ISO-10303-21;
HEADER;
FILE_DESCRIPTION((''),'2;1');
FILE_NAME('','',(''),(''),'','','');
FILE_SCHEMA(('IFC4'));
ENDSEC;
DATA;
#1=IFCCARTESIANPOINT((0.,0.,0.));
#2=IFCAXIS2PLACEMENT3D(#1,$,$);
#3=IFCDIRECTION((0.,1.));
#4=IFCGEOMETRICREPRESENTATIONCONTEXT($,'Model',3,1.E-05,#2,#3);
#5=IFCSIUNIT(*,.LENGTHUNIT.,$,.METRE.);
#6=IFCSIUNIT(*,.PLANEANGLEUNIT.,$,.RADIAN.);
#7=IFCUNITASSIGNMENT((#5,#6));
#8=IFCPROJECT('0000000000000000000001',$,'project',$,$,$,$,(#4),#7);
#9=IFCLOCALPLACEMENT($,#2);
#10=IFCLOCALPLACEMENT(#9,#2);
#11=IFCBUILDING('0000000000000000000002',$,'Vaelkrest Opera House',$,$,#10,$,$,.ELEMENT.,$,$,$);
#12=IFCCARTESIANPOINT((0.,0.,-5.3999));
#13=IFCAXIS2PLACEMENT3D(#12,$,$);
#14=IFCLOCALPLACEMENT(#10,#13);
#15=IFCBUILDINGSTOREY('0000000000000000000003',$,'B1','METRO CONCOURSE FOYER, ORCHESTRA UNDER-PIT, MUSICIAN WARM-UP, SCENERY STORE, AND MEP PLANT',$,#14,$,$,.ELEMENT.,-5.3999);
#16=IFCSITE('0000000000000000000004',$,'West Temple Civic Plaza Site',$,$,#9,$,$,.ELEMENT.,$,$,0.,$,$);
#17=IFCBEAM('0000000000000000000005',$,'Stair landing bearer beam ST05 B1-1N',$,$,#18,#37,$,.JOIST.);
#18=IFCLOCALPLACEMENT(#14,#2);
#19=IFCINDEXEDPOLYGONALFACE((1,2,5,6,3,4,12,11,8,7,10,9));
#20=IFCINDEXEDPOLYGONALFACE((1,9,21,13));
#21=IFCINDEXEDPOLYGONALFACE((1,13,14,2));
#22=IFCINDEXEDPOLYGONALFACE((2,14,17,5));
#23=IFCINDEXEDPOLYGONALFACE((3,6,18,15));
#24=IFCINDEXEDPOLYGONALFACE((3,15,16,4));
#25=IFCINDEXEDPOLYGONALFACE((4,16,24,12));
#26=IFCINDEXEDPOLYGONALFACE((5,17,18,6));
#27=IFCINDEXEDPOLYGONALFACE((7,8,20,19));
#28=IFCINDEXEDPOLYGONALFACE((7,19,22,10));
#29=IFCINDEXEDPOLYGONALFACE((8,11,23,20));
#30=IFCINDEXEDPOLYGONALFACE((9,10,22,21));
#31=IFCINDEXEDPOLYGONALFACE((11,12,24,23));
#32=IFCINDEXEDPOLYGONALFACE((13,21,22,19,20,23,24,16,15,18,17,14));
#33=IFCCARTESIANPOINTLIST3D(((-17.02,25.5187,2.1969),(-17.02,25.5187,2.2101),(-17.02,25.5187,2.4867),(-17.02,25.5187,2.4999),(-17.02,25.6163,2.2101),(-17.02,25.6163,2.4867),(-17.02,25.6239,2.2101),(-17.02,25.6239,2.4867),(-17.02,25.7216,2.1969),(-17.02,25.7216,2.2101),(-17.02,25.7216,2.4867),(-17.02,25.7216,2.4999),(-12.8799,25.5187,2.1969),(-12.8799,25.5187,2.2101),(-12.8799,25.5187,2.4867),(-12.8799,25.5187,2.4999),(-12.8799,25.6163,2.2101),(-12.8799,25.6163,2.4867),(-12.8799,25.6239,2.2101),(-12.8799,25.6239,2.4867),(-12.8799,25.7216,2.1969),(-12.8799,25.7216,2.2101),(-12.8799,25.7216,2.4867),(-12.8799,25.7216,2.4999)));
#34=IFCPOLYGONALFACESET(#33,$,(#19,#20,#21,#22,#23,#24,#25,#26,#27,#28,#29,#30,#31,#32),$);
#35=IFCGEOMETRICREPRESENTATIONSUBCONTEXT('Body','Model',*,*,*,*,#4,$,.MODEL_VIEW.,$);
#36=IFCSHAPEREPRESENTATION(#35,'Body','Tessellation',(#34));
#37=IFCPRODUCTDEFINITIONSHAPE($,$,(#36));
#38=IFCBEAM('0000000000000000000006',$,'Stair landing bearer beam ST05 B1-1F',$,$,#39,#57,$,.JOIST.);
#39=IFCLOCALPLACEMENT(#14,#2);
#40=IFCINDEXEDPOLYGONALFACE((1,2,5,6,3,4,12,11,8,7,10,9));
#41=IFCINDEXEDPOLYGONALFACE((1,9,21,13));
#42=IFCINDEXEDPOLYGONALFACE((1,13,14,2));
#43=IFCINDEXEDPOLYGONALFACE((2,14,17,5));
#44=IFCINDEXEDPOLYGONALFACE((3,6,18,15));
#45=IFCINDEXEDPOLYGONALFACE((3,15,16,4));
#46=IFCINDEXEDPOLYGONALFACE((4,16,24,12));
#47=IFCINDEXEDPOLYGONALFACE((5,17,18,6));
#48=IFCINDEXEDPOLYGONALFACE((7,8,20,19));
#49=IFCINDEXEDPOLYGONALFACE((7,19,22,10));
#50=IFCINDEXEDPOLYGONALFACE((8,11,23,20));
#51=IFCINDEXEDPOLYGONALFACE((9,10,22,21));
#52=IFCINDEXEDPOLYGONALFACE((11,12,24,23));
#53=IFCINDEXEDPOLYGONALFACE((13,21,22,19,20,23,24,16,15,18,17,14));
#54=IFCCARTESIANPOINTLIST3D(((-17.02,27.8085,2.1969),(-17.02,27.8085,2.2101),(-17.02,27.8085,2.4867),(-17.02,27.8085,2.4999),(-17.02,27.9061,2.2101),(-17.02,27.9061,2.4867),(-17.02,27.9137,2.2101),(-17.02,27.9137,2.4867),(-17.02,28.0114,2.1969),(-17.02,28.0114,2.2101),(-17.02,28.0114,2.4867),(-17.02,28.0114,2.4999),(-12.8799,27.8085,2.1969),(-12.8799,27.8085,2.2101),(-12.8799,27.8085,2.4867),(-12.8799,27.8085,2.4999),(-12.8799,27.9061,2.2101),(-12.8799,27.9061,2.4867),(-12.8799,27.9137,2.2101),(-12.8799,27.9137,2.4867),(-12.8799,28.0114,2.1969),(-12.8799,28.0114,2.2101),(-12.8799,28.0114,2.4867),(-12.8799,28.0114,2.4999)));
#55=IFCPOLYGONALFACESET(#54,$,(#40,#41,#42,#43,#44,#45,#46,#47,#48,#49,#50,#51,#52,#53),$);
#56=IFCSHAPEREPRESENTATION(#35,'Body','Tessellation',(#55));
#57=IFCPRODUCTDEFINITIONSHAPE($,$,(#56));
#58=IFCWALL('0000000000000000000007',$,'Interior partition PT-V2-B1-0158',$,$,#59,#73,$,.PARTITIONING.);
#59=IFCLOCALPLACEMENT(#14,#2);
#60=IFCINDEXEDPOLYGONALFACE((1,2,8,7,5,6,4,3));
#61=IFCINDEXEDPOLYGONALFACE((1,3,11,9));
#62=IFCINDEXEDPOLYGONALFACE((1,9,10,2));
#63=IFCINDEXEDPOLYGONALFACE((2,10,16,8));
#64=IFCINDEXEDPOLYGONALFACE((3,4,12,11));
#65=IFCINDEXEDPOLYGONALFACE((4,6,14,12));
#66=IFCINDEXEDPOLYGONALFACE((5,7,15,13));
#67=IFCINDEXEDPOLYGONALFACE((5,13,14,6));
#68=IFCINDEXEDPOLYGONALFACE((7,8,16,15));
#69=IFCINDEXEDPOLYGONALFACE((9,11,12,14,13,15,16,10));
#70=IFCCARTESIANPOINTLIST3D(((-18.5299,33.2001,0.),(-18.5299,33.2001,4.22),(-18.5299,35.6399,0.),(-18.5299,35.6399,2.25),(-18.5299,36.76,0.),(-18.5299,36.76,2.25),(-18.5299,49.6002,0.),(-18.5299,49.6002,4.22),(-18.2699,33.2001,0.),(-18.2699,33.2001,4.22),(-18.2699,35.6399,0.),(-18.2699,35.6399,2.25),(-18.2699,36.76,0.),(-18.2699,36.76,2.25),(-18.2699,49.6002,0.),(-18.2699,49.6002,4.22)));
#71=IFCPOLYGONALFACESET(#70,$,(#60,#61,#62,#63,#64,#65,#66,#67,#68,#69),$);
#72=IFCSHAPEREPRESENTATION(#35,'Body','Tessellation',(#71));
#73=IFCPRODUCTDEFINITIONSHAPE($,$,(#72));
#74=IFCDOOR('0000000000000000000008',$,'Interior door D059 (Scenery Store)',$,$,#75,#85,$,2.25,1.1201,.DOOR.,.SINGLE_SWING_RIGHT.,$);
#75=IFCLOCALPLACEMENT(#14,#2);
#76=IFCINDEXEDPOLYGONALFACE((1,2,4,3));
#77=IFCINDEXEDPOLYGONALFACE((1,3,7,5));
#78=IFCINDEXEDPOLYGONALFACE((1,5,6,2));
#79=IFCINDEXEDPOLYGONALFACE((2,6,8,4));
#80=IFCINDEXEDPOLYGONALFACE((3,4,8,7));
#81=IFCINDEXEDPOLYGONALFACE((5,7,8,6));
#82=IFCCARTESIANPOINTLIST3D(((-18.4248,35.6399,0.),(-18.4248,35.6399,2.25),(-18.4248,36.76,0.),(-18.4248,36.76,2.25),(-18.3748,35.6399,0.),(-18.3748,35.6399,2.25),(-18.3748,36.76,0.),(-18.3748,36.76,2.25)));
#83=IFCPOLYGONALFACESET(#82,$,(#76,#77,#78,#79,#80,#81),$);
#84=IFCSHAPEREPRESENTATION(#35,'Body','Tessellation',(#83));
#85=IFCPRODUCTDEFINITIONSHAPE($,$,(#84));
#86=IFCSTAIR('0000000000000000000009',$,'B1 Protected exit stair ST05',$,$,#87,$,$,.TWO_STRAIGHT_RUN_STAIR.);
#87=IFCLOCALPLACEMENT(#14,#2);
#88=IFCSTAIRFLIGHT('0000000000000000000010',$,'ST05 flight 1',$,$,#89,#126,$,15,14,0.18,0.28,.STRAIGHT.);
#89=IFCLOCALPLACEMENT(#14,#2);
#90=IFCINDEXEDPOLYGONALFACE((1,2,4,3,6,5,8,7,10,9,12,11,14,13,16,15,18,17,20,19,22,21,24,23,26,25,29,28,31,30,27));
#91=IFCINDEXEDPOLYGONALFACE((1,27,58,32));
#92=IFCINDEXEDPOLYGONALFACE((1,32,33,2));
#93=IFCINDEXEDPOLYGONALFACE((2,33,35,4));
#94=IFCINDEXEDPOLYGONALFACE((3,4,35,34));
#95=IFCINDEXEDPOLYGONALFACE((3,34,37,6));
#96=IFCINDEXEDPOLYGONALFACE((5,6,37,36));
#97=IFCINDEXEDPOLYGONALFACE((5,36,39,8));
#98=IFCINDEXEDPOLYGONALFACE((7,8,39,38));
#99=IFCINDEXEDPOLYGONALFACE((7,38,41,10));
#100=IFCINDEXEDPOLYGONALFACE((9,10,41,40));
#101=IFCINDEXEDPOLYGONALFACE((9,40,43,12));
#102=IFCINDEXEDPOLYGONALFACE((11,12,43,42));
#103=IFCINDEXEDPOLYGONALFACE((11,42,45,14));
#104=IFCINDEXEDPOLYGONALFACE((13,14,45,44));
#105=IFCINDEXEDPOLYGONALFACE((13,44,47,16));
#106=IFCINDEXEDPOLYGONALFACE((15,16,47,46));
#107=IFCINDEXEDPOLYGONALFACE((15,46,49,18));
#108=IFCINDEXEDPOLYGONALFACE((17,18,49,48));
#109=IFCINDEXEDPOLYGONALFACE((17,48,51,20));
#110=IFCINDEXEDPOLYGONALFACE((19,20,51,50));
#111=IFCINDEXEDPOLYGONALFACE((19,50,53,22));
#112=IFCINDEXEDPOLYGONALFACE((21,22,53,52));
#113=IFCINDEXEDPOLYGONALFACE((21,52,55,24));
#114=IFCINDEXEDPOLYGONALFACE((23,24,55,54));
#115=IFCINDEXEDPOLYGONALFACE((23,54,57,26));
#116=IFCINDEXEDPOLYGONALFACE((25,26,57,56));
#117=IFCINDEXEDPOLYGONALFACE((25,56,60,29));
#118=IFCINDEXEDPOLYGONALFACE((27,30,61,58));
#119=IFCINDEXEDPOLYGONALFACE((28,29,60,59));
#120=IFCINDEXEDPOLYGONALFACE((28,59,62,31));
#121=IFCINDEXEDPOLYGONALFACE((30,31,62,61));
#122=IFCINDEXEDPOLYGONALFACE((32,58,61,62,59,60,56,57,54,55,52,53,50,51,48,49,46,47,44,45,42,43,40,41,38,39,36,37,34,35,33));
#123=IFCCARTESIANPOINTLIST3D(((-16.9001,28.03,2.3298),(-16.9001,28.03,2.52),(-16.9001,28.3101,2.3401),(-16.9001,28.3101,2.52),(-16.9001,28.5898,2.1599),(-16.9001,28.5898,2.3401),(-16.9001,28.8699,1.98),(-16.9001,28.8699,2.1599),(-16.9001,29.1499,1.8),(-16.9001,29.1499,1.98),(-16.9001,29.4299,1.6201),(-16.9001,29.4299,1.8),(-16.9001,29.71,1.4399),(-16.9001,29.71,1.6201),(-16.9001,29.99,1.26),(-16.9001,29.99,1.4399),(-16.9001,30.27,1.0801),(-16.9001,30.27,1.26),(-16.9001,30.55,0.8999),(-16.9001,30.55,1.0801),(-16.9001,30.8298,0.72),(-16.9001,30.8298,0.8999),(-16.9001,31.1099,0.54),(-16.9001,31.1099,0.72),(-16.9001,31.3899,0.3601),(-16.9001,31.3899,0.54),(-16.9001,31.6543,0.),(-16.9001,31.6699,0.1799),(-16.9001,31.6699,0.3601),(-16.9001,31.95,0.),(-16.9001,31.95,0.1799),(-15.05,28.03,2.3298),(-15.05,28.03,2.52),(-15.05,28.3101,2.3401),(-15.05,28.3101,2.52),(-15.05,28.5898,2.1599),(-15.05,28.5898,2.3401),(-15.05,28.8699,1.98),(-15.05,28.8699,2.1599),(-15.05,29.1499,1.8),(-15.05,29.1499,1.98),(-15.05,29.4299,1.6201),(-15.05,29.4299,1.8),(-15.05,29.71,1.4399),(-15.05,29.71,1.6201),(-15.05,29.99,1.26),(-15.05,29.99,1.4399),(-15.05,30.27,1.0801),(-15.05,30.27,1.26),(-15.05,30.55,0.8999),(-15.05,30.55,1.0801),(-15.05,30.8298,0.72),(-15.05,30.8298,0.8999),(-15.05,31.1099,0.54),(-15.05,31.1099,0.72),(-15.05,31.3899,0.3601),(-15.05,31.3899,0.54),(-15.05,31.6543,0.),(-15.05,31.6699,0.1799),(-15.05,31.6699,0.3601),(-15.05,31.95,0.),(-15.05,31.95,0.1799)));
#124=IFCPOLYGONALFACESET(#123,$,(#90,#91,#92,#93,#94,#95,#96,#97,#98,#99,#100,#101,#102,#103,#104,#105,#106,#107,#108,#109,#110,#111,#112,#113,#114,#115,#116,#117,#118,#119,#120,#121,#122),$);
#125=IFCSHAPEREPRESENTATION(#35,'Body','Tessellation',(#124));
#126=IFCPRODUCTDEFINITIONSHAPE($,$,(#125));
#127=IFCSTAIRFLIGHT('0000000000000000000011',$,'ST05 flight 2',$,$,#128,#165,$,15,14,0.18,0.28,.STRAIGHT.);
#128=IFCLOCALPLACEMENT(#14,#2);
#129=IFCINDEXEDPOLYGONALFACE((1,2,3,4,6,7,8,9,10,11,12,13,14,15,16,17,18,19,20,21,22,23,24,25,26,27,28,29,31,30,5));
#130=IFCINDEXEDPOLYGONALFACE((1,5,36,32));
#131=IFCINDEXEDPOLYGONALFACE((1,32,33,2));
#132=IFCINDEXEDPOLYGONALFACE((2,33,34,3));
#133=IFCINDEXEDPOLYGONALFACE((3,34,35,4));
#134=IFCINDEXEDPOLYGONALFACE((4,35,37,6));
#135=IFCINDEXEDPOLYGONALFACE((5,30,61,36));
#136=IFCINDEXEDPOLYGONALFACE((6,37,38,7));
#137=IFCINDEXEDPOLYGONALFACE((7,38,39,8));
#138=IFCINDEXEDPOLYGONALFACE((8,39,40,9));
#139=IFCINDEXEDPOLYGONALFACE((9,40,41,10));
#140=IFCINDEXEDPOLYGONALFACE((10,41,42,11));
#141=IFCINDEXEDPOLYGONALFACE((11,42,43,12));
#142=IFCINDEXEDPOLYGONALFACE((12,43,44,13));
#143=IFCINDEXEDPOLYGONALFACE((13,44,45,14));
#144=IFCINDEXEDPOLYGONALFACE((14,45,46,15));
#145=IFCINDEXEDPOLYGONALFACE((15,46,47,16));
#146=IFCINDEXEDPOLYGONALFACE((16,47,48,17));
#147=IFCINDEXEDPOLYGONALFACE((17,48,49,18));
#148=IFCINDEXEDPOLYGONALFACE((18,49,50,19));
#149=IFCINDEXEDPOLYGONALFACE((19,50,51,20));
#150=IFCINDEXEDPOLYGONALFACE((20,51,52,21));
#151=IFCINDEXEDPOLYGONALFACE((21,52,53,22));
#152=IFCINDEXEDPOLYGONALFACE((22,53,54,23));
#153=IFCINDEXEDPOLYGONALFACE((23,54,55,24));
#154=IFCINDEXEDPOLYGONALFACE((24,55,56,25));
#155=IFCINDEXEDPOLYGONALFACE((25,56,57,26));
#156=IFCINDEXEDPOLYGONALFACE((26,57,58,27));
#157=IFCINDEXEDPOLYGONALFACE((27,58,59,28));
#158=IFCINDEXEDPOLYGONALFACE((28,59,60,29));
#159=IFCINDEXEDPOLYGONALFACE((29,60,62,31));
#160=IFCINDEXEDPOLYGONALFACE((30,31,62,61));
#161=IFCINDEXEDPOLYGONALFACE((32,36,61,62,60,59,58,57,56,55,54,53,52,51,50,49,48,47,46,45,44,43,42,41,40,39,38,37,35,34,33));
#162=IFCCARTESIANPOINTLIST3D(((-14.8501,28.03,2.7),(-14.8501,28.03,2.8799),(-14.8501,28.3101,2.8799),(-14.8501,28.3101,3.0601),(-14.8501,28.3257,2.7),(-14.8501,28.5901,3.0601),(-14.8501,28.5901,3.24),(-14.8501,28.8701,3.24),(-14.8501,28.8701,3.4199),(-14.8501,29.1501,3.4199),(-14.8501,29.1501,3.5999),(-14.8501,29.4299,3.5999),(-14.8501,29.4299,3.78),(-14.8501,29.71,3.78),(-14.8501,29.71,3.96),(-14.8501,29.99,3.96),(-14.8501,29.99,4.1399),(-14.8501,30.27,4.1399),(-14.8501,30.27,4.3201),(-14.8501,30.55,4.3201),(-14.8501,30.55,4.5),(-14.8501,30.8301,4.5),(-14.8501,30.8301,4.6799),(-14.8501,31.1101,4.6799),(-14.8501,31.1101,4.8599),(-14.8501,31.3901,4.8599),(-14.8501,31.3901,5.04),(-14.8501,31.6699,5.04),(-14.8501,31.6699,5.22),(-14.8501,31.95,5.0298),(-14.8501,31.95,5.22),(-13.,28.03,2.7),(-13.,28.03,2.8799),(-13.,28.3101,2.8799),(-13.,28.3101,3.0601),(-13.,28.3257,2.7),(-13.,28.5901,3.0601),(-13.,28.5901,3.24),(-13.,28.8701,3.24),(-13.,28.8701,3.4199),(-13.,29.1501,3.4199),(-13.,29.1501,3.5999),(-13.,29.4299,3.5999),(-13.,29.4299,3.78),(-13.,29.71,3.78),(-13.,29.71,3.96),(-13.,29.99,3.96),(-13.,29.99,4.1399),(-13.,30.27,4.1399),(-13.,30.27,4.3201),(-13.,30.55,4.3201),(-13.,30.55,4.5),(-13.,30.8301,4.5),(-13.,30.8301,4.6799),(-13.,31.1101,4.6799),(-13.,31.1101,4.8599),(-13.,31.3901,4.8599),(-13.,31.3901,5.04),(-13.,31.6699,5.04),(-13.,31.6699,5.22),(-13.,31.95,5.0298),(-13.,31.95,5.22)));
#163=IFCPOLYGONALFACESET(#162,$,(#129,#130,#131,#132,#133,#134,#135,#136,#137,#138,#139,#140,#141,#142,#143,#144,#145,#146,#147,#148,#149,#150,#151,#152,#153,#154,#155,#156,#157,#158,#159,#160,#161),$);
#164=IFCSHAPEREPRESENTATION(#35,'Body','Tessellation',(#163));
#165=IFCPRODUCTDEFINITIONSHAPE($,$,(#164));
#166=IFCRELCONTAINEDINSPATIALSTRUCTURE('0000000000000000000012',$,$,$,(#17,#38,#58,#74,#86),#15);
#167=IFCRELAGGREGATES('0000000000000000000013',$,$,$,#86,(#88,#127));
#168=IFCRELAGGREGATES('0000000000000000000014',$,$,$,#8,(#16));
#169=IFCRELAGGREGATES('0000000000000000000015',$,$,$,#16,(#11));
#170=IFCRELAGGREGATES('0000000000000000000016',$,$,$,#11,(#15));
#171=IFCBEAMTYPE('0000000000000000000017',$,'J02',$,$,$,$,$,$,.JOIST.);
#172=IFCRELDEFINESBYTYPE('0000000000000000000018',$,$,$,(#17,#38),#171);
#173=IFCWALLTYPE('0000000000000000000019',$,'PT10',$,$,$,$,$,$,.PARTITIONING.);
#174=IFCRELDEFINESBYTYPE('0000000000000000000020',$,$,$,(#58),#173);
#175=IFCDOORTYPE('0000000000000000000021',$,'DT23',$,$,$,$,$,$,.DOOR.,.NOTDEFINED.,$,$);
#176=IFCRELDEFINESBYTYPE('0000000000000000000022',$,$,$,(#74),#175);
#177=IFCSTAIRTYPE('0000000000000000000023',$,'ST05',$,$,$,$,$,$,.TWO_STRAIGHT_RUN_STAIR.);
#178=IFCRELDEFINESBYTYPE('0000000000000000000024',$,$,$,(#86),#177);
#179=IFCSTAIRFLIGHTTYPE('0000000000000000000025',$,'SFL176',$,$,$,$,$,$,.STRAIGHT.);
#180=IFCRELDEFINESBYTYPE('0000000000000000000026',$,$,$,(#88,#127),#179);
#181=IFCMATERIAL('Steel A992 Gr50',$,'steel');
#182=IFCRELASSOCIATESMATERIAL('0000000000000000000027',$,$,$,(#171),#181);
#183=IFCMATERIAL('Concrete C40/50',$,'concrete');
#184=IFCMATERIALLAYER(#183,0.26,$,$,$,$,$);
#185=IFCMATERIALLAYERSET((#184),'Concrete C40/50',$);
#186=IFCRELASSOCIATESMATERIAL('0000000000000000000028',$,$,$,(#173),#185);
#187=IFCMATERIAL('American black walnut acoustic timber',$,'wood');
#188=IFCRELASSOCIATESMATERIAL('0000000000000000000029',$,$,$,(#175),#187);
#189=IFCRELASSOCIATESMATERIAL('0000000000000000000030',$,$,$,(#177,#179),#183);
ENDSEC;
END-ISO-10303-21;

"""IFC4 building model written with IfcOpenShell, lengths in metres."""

from ifc_helpers import new_model, si_unit, direction, frame, frame_2d, origin, origin_2d, place, context, subcontext, project, spatial, polyline, rectangle, i_section, outline, extrude, material, layer, layer_set, material_profile, profile_set, type_object, element, fill, aggregate, save


model = new_model("IFC4")

# Units and contexts
model_context = context("Model", 3, precision=1e-05, world=origin(), true_north=direction((0.0, 1.0)))
body_context = subcontext(model_context, "Body", "Model", "MODEL_VIEW")
ifc_project = project(units=[si_unit("LENGTHUNIT", "METRE"), si_unit("PLANEANGLEUNIT", "RADIAN")], contexts=[model_context])

# Site, building, storey
site_placement = place(None, origin())
site = spatial("IfcSite", under=ifc_project, at=site_placement, Name="West Temple Civic Plaza Site", CompositionType="ELEMENT", RefElevation=0.0)
building_placement = place(site_placement, origin())
building = spatial("IfcBuilding", under=site, at=building_placement, Name="Vaelkrest Opera House", CompositionType="ELEMENT")
storey_placement = place(building_placement, frame((0.0, 0.0, -5.3999)))
storey = spatial("IfcBuildingStorey", under=building, at=storey_placement, Name="B1", Description="METRO CONCOURSE FOYER, ORCHESTRA UNDER-PIT, MUSICIAN WARM-UP, SCENERY STORE, AND MEP PLANT", CompositionType="ELEMENT", Elevation=-5.3999)

# Shared definitions
ifc_material_1 = material(Name="Concrete C40/50", Category="concrete")

# Beams
ifc_material_2 = material(Name="Steel A992 Gr50", Category="steel")
ifc_material_profile_1 = material_profile(ifc_material_2, i_section(OverallWidth=0.2029, OverallDepth=0.303, WebThickness=0.0076, FlangeThickness=0.0132, at=origin_2d()), Name="W12X40")
ifc_profile_set_1 = profile_set([ifc_material_profile_1], Name="Steel A992 Gr50")
beam_type_1 = type_object("IfcBeamType", Name="J02", PredefinedType="JOIST", material=ifc_profile_set_1)
for number, where, z_axis, x_axis, name in (
    (1, (-17.02, 25.6201, 2.3484), (1.0, 0.0, 0.0), (0.0, 1.0, 0.0), "Stair landing bearer beam ST05 B1-1N"),
    (2, (-17.02, 27.9099, 2.3484), (1.0, 0.0, 0.0), (0.0, 1.0, 0.0), "Stair landing bearer beam ST05 B1-1F"),
):
    element("IfcBeam", number, at=place(storey_placement, frame(where, z_axis=z_axis, x_axis=x_axis)), inside=storey, type_object=beam_type_1, Name=name, PredefinedType="JOIST", context=body_context, shape_type="SweptSolid", body=[
        extrude(i_section(OverallWidth=0.2029, OverallDepth=0.303, WebThickness=0.0076, FlangeThickness=0.0132, at=origin_2d()), origin(), (0.0, 0.0, 1.0), 4.1401),
    ])

# Wall, opening, door
ifc_layer = layer(ifc_material_1, 0.26)
ifc_layer_set = layer_set([ifc_layer], Name="Concrete C40/50")
wall_type = type_object("IfcWallType", Name="PT10", PredefinedType="PARTITIONING", material=ifc_layer_set)
wall_placement = place(storey_placement, frame((-18.3999, 33.2, 0.0), z_axis=(0.0, 0.0, 1.0), x_axis=(0.0, 1.0, 0.0)))
wall = element("IfcWall", 3, at=wall_placement, inside=storey, type_object=wall_type, Name="Interior partition PT-V2-B1-0158", PredefinedType="PARTITIONING", context=body_context, shape_type="SweptSolid", body=[
    extrude(rectangle(XDim=16.4001, YDim=0.26, at=frame_2d((8.2002, 0.0))), origin(), (0.0, 0.0, 1.0), 4.22),
])
opening_placement = place(wall_placement, frame((2.4399, 0.0, 0.0)))
opening = element("IfcOpeningElement", 4, at=opening_placement, cuts=wall, PredefinedType="OPENING", context=body_context, shape_type="SweptSolid", body=[
    extrude(rectangle(XDim=1.1201, YDim=2.25, at=frame_2d((0.5601, 1.125))), frame((0.0, 0.1399, 0.0), z_axis=(0.0, -1.0, 0.0), x_axis=(1.0, 0.0, 0.0)), (0.0, 0.0, 1.0), 0.28),
])
ifc_material_3 = material(Name="American black walnut acoustic timber", Category="wood")
door_type = type_object("IfcDoorType", Name="DT23", OperationType="NOTDEFINED", PredefinedType="DOOR", material=ifc_material_3)
door_placement = place(opening_placement, origin())
door = element("IfcDoor", 5, at=door_placement, inside=storey, type_object=door_type, Name="Interior door D059 (Scenery Store)", OperationType="SINGLE_SWING_RIGHT", OverallHeight=2.25, OverallWidth=1.1201, PredefinedType="DOOR", context=body_context, shape_type="SweptSolid", body=[
    extrude(rectangle(XDim=1.1201, YDim=2.25, at=frame_2d((0.5601, 1.125))), frame((0.0, 0.0249, 0.0), z_axis=(0.0, -1.0, 0.0), x_axis=(1.0, 0.0, 0.0)), (0.0, 0.0, 1.0), 0.05),
])
fill(opening, door)

# Stair, stair flights
stair_type = type_object("IfcStairType", Name="ST05", PredefinedType="TWO_STRAIGHT_RUN_STAIR", material=ifc_material_1)
stair_placement = place(storey_placement, origin())
stair = element("IfcStair", 6, at=stair_placement, inside=storey, type_object=stair_type, Name="B1 Protected exit stair ST05", PredefinedType="TWO_STRAIGHT_RUN_STAIR")
stair_flight_type = type_object("IfcStairFlightType", Name="SFL176", PredefinedType="STRAIGHT", material=ifc_material_1)
stair_flight_1_placement = place(storey_placement, frame((-15.9751, 31.95, 0.0), z_axis=(0.0, 0.0, 1.0), x_axis=(0.0, -1.0, 0.0)))
stair_flight_1 = element("IfcStairFlight", 7, at=stair_flight_1_placement, type_object=stair_flight_type, Name="ST05 flight 1", NumberOfRisers=15, NumberOfTreads=14, PredefinedType="STRAIGHT", RiserHeight=0.18, TreadLength=0.28, context=body_context, shape_type="SweptSolid", body=[
    extrude(outline(polyline([(0.0, 0.0), (0.0, 0.1799), (0.28, 0.1799), (0.28, 0.3601), (0.5601, 0.3601), (0.5601, 0.54), (0.8401, 0.54), (0.8401, 0.72), (1.1201, 0.72), (1.1201, 0.8999), (1.3999, 0.8999), (1.3999, 1.0801), (1.6799, 1.0801), (1.6799, 1.26), (1.96, 1.26), (1.96, 1.4399), (2.24, 1.4399), (2.24, 1.6201), (2.52, 1.6201), (2.52, 1.8), (2.8, 1.8), (2.8, 1.98), (3.0801, 1.98), (3.0801, 2.1599), (3.3601, 2.1599), (3.3601, 2.3401), (3.6399, 2.3401), (3.6399, 2.52), (3.9199, 2.52), (3.9199, 2.7), (3.9199, 2.3298), (0.2957, 0.0), (0.0, 0.0)])), frame((0.0, 0.925, 0.0), z_axis=(0.0, -1.0, 0.0), x_axis=(1.0, 0.0, 0.0)), (0.0, 0.0, 1.0), 1.8501),
])
stair_flight_2_placement = place(storey_placement, frame((-13.925, 28.03, 2.7), z_axis=(0.0, 0.0, 1.0), x_axis=(0.0, 1.0, 0.0)))
stair_flight_2 = element("IfcStairFlight", 8, at=stair_flight_2_placement, type_object=stair_flight_type, Name="ST05 flight 2", NumberOfRisers=15, NumberOfTreads=14, PredefinedType="STRAIGHT", RiserHeight=0.18, TreadLength=0.28, context=body_context, shape_type="SweptSolid", body=[
    extrude(outline(polyline([(0.0, 0.0), (0.0, 0.1799), (0.28, 0.1799), (0.28, 0.3601), (0.5601, 0.3601), (0.5601, 0.54), (0.8401, 0.54), (0.8401, 0.72), (1.1201, 0.72), (1.1201, 0.8999), (1.3999, 0.8999), (1.3999, 1.0801), (1.6799, 1.0801), (1.6799, 1.26), (1.96, 1.26), (1.96, 1.4399), (2.24, 1.4399), (2.24, 1.6201), (2.52, 1.6201), (2.52, 1.8), (2.8, 1.8), (2.8, 1.98), (3.0801, 1.98), (3.0801, 2.1599), (3.3601, 2.1599), (3.3601, 2.3401), (3.6399, 2.3401), (3.6399, 2.52), (3.9199, 2.52), (3.9199, 2.7), (3.9199, 2.3298), (0.2957, 0.0), (0.0, 0.0)])), frame((0.0, 0.925, 0.0), z_axis=(0.0, -1.0, 0.0), x_axis=(1.0, 0.0, 0.0)), (0.0, 0.0, 1.0), 1.8501),
])
aggregate(stair, [stair_flight_1, stair_flight_2])

save(model, "model.ifc")
